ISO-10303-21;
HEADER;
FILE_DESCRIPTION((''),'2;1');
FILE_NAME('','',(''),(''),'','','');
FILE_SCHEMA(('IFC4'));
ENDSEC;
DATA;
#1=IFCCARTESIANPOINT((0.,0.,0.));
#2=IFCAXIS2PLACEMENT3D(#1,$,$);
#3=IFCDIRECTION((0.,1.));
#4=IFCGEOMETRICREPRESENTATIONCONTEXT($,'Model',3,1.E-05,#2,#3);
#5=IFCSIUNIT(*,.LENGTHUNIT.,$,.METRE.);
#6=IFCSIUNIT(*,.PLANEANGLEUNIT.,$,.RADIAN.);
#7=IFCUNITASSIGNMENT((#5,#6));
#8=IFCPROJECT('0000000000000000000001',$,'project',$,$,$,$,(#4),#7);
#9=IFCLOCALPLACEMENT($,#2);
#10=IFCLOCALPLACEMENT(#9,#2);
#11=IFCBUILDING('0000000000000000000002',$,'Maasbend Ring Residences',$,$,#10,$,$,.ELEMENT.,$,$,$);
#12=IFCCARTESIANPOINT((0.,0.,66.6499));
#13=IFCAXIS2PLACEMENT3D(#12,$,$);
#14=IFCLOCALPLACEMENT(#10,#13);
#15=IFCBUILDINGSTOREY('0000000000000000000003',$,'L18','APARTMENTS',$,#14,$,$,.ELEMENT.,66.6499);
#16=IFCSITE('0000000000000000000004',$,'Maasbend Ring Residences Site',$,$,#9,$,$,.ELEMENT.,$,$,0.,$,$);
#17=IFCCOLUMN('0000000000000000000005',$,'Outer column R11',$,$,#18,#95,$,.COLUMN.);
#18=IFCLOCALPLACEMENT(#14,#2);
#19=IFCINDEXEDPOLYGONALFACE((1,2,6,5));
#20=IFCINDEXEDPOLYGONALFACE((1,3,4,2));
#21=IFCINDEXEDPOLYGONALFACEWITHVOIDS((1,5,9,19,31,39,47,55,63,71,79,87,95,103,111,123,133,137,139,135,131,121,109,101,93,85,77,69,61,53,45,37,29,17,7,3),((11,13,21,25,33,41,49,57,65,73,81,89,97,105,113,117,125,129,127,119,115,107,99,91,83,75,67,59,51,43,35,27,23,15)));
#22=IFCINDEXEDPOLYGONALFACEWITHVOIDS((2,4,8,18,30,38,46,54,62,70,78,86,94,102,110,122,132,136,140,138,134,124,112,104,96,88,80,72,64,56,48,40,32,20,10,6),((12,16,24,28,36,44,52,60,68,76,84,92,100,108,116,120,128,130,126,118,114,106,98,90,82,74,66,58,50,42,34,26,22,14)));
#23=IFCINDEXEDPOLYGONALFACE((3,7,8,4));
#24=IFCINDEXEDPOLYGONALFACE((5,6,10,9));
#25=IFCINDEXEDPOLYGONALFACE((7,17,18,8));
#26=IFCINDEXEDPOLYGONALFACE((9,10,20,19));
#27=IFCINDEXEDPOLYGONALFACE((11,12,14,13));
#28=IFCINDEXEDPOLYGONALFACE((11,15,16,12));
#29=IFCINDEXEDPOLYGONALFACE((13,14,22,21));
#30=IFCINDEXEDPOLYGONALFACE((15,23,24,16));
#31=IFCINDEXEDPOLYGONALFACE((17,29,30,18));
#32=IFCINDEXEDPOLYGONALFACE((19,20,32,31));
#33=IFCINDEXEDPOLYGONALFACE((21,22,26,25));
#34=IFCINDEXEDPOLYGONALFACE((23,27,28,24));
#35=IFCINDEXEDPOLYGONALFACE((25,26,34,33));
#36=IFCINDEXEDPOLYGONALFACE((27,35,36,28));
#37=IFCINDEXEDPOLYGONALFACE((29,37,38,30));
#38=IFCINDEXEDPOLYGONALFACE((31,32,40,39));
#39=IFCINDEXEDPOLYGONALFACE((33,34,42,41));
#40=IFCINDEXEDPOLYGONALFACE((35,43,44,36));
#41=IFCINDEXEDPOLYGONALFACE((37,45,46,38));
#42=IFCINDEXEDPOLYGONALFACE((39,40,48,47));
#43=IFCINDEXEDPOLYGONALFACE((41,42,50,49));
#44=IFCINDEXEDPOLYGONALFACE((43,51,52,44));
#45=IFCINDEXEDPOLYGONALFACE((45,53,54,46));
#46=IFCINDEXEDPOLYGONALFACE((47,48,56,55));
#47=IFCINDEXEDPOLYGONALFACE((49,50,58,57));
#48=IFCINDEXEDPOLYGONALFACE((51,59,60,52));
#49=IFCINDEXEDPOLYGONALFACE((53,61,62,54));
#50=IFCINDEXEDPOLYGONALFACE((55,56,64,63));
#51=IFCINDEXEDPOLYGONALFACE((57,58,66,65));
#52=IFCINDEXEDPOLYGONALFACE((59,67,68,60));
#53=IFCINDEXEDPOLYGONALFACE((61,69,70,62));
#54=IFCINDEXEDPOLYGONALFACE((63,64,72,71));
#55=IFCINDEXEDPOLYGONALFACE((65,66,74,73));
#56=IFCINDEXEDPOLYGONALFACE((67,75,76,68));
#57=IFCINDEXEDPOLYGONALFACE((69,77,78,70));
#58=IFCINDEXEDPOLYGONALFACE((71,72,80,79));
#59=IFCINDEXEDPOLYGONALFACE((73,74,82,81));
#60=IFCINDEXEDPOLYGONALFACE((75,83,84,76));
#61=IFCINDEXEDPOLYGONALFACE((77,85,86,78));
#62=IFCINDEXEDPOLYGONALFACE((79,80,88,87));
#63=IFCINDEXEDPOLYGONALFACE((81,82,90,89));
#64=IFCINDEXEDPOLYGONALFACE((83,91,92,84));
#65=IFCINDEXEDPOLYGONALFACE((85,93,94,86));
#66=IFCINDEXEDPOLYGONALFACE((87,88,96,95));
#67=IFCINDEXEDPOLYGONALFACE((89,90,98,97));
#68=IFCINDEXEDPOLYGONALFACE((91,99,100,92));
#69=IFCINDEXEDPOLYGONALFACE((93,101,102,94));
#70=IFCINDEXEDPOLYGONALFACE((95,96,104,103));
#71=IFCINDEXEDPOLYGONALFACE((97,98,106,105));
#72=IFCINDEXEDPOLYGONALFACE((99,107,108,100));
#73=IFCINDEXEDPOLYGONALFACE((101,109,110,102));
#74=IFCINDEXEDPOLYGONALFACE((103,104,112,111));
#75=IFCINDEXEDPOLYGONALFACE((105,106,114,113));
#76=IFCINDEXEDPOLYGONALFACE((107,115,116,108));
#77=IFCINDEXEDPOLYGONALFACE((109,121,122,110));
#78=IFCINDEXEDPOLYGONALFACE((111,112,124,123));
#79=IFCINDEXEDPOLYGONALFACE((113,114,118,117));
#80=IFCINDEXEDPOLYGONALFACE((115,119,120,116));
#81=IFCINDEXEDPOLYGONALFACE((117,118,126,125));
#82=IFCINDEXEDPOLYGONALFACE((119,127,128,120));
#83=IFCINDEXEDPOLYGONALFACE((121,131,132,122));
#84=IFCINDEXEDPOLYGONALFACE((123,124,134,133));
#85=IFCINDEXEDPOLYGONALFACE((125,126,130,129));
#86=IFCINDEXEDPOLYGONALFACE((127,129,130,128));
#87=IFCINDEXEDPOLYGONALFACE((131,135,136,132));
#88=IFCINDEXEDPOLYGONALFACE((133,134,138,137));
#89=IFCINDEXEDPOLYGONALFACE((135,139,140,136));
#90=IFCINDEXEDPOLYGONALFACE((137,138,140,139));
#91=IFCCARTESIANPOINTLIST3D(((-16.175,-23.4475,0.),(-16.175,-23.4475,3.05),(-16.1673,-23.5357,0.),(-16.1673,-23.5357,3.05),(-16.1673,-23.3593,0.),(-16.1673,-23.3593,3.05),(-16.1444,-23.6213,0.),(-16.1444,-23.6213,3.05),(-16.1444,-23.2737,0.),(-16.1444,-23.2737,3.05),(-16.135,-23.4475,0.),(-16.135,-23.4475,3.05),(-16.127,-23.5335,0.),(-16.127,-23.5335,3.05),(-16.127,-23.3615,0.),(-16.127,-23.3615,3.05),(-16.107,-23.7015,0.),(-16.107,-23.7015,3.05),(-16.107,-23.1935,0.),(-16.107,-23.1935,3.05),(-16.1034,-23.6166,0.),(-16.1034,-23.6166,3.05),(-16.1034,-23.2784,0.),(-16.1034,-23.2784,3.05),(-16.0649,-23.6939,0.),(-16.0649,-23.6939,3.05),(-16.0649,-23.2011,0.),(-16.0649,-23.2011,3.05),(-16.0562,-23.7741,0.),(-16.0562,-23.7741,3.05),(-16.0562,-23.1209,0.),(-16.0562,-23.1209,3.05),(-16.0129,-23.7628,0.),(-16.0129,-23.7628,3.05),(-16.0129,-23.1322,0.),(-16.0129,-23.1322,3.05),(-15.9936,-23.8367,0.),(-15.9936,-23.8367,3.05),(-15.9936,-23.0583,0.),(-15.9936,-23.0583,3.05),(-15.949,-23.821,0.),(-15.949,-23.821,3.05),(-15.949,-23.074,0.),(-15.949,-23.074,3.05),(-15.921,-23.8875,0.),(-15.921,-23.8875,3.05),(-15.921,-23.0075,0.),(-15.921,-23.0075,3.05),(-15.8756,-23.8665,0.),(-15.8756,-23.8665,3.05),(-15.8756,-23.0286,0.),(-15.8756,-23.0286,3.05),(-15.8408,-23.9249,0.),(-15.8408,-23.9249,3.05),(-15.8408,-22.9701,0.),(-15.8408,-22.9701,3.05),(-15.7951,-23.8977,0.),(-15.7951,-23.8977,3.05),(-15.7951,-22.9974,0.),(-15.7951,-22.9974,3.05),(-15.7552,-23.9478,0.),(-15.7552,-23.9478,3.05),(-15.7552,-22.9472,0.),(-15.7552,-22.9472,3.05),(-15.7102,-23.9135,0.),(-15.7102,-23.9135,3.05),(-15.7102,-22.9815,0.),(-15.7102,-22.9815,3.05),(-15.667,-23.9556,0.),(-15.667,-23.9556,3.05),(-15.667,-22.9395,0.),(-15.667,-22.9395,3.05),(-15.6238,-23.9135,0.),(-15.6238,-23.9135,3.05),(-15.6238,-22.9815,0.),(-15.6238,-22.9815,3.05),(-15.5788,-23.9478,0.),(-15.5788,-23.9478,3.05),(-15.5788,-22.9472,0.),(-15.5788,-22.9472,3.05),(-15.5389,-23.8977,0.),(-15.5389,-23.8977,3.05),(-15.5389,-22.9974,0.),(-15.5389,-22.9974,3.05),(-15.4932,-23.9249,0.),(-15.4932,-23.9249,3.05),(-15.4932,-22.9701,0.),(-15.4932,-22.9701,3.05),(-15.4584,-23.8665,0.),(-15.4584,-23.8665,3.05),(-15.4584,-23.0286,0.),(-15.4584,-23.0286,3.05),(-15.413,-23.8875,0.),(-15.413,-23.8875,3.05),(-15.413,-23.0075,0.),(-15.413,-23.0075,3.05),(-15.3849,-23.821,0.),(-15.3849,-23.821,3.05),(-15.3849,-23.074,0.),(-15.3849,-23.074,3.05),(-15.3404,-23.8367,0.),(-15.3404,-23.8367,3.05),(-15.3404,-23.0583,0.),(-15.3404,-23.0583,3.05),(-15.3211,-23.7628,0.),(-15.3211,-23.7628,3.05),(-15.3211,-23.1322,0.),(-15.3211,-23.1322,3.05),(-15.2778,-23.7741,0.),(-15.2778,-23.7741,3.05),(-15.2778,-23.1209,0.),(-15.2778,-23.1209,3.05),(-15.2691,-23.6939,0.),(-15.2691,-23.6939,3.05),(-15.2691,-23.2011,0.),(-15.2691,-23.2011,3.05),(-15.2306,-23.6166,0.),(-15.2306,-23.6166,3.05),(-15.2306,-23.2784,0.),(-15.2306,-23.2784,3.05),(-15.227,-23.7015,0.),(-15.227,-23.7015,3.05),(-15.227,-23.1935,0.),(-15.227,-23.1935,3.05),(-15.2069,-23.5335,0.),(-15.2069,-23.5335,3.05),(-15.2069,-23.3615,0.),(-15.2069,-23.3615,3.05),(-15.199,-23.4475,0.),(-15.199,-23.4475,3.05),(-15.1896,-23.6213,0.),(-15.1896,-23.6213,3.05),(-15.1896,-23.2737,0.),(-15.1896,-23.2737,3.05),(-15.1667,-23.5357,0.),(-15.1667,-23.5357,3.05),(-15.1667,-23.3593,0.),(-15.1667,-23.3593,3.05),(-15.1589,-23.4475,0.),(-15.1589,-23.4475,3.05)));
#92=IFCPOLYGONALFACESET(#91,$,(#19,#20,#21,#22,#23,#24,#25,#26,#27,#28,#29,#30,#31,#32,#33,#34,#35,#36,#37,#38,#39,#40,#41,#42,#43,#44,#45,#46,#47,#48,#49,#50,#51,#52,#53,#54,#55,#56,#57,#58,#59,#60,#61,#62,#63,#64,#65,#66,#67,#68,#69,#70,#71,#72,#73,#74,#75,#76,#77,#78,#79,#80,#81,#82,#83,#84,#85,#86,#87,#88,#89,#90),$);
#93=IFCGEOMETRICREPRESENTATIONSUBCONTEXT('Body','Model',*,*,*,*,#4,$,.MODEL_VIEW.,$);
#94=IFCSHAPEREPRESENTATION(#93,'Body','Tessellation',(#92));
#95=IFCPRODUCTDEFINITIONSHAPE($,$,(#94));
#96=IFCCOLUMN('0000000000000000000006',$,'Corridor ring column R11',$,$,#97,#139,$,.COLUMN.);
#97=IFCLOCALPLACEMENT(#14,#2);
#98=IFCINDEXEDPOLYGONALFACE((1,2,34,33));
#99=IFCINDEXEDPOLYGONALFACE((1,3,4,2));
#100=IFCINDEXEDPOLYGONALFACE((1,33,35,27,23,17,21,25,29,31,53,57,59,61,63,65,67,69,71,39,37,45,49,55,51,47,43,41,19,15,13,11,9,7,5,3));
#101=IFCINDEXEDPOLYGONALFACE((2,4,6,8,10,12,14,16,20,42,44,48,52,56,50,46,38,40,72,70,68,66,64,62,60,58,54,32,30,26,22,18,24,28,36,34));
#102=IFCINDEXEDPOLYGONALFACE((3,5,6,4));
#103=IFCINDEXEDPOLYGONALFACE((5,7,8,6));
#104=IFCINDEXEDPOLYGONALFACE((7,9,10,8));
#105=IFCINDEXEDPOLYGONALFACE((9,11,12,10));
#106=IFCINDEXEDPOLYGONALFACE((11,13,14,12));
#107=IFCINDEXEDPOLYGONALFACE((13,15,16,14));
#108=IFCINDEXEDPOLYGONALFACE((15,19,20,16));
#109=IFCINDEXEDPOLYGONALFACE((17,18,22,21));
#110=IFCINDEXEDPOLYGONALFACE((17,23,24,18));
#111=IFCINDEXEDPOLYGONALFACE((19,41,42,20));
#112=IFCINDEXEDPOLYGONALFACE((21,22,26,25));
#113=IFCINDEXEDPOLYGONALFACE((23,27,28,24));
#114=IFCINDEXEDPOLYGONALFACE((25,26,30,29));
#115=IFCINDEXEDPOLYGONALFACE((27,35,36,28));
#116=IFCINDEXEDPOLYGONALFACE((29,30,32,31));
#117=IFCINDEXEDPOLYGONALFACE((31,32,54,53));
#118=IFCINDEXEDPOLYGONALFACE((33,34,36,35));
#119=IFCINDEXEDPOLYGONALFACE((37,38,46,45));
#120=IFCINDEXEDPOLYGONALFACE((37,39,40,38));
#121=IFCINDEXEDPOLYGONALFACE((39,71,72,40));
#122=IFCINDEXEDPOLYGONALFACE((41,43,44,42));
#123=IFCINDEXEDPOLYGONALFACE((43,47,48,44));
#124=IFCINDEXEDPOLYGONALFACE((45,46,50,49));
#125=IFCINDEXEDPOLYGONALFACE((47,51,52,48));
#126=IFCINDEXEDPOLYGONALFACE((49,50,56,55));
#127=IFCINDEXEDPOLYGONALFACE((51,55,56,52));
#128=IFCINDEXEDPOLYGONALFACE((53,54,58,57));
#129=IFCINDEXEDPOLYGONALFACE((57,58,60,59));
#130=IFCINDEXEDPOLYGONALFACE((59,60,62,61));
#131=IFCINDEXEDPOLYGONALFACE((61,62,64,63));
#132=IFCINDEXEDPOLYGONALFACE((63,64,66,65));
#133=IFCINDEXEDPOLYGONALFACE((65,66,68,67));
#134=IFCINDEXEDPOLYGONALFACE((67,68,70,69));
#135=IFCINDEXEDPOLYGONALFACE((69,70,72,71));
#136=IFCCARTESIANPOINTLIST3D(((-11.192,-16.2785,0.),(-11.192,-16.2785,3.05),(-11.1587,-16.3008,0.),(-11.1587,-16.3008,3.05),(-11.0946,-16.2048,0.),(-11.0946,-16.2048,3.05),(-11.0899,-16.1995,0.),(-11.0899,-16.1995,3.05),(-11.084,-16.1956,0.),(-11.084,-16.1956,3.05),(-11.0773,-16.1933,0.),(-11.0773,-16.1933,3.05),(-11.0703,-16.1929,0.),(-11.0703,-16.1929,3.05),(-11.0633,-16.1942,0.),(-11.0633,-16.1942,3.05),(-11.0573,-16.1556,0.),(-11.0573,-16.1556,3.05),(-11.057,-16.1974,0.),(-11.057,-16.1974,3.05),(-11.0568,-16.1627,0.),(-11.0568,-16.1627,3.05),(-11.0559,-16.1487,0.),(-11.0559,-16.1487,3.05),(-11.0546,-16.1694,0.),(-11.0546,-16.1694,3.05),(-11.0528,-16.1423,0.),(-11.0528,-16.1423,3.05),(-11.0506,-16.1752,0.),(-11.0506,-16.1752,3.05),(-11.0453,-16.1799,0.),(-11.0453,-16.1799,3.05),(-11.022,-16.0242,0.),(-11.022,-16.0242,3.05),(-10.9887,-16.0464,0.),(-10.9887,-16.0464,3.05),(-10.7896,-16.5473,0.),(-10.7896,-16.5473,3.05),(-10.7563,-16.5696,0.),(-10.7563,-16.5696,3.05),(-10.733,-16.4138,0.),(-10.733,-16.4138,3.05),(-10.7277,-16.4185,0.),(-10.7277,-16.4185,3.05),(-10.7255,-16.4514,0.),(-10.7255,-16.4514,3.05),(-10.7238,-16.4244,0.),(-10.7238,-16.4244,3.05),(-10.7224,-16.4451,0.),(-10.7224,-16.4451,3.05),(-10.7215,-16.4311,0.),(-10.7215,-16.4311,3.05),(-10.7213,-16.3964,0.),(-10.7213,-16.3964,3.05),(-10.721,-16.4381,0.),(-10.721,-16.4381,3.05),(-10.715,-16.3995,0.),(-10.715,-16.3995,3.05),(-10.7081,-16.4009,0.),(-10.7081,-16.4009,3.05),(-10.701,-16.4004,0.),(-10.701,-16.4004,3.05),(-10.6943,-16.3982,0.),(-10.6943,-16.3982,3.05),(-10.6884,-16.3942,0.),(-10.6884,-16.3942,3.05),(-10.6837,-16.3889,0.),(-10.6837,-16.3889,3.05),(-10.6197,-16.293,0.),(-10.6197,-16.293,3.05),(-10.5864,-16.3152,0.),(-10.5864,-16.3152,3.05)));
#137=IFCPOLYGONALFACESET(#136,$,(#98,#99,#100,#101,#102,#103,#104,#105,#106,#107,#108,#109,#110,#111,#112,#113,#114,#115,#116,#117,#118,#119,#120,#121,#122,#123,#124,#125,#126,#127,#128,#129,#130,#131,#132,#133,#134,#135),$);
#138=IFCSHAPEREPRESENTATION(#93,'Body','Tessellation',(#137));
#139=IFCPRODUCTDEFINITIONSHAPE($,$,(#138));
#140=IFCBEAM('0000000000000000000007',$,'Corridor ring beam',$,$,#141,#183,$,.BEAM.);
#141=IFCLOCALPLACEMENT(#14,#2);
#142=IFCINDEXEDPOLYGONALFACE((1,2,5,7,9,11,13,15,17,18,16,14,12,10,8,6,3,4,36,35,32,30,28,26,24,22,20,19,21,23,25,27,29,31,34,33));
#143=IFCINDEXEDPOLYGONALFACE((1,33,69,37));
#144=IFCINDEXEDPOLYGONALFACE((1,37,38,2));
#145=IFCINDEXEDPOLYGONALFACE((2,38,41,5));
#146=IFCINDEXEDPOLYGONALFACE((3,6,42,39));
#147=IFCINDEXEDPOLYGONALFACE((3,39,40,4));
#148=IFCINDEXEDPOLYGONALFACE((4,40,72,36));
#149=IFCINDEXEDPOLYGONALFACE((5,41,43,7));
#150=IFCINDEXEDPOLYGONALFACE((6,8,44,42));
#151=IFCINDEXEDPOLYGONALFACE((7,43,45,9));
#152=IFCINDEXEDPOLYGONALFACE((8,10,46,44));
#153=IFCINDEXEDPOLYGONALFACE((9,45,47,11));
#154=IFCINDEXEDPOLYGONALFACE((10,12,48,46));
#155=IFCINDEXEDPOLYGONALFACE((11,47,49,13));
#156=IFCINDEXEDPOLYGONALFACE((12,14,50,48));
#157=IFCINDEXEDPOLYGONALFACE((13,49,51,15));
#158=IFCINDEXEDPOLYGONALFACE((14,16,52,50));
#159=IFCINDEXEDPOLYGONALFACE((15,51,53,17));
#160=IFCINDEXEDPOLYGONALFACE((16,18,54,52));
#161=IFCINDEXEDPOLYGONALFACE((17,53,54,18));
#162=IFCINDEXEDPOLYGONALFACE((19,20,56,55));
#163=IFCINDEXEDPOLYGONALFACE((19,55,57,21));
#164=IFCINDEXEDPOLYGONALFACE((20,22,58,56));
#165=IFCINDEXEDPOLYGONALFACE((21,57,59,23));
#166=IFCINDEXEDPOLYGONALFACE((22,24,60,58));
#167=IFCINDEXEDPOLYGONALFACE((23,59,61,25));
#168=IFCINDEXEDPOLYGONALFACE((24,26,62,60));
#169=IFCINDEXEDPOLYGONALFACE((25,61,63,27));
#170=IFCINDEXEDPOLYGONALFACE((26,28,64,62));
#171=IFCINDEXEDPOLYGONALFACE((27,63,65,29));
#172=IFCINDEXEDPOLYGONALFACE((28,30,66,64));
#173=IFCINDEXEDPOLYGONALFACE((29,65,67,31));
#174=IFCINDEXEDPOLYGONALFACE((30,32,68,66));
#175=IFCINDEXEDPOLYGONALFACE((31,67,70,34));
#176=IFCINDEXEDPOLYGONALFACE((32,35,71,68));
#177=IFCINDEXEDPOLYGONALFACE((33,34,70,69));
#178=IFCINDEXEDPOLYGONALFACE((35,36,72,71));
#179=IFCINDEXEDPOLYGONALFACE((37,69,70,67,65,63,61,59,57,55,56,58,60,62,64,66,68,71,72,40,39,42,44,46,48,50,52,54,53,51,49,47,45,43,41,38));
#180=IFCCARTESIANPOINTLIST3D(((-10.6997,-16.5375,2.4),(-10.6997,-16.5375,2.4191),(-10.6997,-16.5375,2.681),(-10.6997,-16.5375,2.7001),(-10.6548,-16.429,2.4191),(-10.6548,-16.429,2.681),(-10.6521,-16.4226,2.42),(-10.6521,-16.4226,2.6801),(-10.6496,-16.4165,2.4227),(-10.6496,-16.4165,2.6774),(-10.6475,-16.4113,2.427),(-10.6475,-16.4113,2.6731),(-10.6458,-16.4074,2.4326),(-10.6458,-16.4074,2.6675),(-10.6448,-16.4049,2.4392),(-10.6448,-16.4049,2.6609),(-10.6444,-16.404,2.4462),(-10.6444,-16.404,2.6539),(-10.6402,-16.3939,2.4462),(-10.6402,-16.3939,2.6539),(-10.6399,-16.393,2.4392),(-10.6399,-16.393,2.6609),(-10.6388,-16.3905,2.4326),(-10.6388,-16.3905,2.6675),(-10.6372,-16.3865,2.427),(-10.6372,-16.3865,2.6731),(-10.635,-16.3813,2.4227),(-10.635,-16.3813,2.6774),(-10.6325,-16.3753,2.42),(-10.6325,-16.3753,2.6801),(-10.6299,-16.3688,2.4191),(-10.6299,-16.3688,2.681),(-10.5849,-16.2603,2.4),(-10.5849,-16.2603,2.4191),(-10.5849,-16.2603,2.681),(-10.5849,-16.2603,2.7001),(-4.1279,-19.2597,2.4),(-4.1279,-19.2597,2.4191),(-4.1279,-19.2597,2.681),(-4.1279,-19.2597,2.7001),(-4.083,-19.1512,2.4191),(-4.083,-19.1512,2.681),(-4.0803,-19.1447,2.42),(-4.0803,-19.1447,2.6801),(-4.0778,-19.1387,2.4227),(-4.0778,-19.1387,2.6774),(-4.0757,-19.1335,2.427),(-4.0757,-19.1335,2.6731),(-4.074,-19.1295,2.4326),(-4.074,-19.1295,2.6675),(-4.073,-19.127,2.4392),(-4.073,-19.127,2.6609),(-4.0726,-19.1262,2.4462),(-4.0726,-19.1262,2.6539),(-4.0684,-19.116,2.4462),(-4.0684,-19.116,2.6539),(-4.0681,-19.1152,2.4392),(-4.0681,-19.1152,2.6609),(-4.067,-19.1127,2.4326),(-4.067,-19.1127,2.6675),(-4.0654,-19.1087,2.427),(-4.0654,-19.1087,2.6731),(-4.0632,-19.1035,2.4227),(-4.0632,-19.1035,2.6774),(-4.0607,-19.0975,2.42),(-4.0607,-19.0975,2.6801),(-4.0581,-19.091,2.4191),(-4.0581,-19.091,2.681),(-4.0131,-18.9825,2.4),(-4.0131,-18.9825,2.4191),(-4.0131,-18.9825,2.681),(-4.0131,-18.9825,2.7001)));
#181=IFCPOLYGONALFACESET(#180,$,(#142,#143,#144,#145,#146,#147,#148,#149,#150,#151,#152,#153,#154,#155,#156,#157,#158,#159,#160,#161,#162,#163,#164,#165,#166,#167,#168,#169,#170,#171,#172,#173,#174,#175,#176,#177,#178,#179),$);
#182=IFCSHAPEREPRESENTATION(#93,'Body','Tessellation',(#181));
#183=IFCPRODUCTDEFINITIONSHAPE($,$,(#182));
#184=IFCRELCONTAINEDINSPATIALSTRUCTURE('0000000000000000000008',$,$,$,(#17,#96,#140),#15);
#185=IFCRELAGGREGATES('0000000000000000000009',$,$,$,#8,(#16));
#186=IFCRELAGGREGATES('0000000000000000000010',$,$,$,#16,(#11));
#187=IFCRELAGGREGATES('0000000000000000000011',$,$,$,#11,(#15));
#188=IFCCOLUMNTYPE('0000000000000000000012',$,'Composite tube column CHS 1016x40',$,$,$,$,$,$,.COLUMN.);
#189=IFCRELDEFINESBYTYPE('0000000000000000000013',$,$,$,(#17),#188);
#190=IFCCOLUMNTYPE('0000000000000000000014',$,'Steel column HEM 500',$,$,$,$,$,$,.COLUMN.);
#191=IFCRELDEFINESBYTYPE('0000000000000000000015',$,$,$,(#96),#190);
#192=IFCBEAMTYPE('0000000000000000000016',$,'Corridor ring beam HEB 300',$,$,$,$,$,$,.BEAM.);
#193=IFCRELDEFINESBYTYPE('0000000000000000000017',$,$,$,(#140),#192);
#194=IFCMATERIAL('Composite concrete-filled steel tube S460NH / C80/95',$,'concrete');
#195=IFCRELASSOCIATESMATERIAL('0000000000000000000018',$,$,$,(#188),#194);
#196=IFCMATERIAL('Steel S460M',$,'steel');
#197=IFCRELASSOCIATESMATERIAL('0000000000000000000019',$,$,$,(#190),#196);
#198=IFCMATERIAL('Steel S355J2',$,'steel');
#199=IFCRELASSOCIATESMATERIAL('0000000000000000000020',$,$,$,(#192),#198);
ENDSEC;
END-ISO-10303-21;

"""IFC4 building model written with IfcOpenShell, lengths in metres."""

from ifc_helpers import new_model, si_unit, direction, frame, origin, origin_2d, place, context, subcontext, project, spatial, hollow_circle, i_section, extrude, material, material_profile, profile_set, type_object, element, save


model = new_model("IFC4")

# Units and contexts
model_context = context("Model", 3, precision=1e-05, world=origin(), true_north=direction((0.0, 1.0)))
body_context = subcontext(model_context, "Body", "Model", "MODEL_VIEW")
ifc_project = project(units=[si_unit("LENGTHUNIT", "METRE"), si_unit("PLANEANGLEUNIT", "RADIAN")], contexts=[model_context])

# Site, building, storey
site_placement = place(None, origin())
site = spatial("IfcSite", under=ifc_project, at=site_placement, Name="Maasbend Ring Residences Site", CompositionType="ELEMENT", RefElevation=0.0)
building_placement = place(site_placement, origin())
building = spatial("IfcBuilding", under=site, at=building_placement, Name="Maasbend Ring Residences", CompositionType="ELEMENT")
storey_placement = place(building_placement, frame((0.0, 0.0, 66.6499)))
storey = spatial("IfcBuildingStorey", under=building, at=storey_placement, Name="L18", Description="APARTMENTS", CompositionType="ELEMENT", Elevation=66.6499)

# Columns
ifc_material_1 = material(Name="Composite concrete-filled steel tube S460NH / C80/95", Category="concrete")
ifc_material_profile_1 = material_profile(ifc_material_1, hollow_circle(Radius=0.5081, WallThickness=0.04, at=origin_2d()), Name="Composite tube column CHS 1016x40")
ifc_profile_set_1 = profile_set([ifc_material_profile_1], Name="Composite concrete-filled steel tube S460NH / C80/95")
column_type_1 = type_object("IfcColumnType", Name="Composite tube column CHS 1016x40", PredefinedType="COLUMN", material=ifc_profile_set_1)
column_1_placement = place(storey_placement, frame((-15.667, -23.4475, 0.0), z_axis=(0.0, 0.0, 1.0), x_axis=(1.0, 0.0, 0.0)))
element("IfcColumn", 1, at=column_1_placement, inside=storey, type_object=column_type_1, Name="Outer column R11", PredefinedType="COLUMN", context=body_context, shape_type="SweptSolid", body=[
    extrude(hollow_circle(Radius=0.5081, WallThickness=0.04, at=origin_2d()), origin(), (0.0, 0.0, 1.0), 3.05),
])
ifc_material_2 = material(Name="Steel S460M", Category="steel")
ifc_material_profile_2 = material_profile(ifc_material_2, i_section(OverallWidth=0.3059, OverallDepth=0.5239, WebThickness=0.021, FlangeThickness=0.04, FilletRadius=0.0271, at=origin_2d()), Name="HEM 500")
ifc_profile_set_2 = profile_set([ifc_material_profile_2], Name="Steel S460M")
column_type_2 = type_object("IfcColumnType", Name="Steel column HEM 500", PredefinedType="COLUMN", material=ifc_profile_set_2)
column_2_placement = place(storey_placement, frame((-10.8892, -16.2969, 0.0), z_axis=(0.0, 0.0, 1.0), x_axis=(-0.55557, -0.83147, 0.0)))
element("IfcColumn", 2, at=column_2_placement, inside=storey, type_object=column_type_2, Name="Corridor ring column R11", PredefinedType="COLUMN", context=body_context, shape_type="SweptSolid", body=[
    extrude(i_section(OverallWidth=0.3059, OverallDepth=0.5239, WebThickness=0.021, FlangeThickness=0.04, FilletRadius=0.0271, at=origin_2d()), origin(), (0.0, 0.0, 1.0), 3.05),
])

# Beam
ifc_material_3 = material(Name="Steel S355J2", Category="steel")
ifc_material_profile_3 = material_profile(ifc_material_3, i_section(OverallWidth=0.3, OverallDepth=0.3, WebThickness=0.011, FlangeThickness=0.019, FilletRadius=0.0271, at=origin_2d()), Name="HEB 300")
ifc_profile_set_3 = profile_set([ifc_material_profile_3], Name="Steel S355J2")
beam_type_1 = type_object("IfcBeamType", Name="Corridor ring beam HEB 300", PredefinedType="BEAM", material=ifc_profile_set_3)
beam_1_placement = place(storey_placement, frame((-10.6423, -16.3989, 2.55), z_axis=(0.923877, -0.382689, 0.0), x_axis=(0.382689, 0.923877, 0.0)))
element("IfcBeam", 3, at=beam_1_placement, inside=storey, type_object=beam_type_1, Name="Corridor ring beam", PredefinedType="BEAM", context=body_context, shape_type="SweptSolid", body=[
    extrude(i_section(OverallWidth=0.3, OverallDepth=0.3, WebThickness=0.011, FlangeThickness=0.019, FilletRadius=0.0271, at=origin_2d()), origin(), (0.0, 0.0, 1.0), 7.1133),
])

save(model, "model.ifc")
